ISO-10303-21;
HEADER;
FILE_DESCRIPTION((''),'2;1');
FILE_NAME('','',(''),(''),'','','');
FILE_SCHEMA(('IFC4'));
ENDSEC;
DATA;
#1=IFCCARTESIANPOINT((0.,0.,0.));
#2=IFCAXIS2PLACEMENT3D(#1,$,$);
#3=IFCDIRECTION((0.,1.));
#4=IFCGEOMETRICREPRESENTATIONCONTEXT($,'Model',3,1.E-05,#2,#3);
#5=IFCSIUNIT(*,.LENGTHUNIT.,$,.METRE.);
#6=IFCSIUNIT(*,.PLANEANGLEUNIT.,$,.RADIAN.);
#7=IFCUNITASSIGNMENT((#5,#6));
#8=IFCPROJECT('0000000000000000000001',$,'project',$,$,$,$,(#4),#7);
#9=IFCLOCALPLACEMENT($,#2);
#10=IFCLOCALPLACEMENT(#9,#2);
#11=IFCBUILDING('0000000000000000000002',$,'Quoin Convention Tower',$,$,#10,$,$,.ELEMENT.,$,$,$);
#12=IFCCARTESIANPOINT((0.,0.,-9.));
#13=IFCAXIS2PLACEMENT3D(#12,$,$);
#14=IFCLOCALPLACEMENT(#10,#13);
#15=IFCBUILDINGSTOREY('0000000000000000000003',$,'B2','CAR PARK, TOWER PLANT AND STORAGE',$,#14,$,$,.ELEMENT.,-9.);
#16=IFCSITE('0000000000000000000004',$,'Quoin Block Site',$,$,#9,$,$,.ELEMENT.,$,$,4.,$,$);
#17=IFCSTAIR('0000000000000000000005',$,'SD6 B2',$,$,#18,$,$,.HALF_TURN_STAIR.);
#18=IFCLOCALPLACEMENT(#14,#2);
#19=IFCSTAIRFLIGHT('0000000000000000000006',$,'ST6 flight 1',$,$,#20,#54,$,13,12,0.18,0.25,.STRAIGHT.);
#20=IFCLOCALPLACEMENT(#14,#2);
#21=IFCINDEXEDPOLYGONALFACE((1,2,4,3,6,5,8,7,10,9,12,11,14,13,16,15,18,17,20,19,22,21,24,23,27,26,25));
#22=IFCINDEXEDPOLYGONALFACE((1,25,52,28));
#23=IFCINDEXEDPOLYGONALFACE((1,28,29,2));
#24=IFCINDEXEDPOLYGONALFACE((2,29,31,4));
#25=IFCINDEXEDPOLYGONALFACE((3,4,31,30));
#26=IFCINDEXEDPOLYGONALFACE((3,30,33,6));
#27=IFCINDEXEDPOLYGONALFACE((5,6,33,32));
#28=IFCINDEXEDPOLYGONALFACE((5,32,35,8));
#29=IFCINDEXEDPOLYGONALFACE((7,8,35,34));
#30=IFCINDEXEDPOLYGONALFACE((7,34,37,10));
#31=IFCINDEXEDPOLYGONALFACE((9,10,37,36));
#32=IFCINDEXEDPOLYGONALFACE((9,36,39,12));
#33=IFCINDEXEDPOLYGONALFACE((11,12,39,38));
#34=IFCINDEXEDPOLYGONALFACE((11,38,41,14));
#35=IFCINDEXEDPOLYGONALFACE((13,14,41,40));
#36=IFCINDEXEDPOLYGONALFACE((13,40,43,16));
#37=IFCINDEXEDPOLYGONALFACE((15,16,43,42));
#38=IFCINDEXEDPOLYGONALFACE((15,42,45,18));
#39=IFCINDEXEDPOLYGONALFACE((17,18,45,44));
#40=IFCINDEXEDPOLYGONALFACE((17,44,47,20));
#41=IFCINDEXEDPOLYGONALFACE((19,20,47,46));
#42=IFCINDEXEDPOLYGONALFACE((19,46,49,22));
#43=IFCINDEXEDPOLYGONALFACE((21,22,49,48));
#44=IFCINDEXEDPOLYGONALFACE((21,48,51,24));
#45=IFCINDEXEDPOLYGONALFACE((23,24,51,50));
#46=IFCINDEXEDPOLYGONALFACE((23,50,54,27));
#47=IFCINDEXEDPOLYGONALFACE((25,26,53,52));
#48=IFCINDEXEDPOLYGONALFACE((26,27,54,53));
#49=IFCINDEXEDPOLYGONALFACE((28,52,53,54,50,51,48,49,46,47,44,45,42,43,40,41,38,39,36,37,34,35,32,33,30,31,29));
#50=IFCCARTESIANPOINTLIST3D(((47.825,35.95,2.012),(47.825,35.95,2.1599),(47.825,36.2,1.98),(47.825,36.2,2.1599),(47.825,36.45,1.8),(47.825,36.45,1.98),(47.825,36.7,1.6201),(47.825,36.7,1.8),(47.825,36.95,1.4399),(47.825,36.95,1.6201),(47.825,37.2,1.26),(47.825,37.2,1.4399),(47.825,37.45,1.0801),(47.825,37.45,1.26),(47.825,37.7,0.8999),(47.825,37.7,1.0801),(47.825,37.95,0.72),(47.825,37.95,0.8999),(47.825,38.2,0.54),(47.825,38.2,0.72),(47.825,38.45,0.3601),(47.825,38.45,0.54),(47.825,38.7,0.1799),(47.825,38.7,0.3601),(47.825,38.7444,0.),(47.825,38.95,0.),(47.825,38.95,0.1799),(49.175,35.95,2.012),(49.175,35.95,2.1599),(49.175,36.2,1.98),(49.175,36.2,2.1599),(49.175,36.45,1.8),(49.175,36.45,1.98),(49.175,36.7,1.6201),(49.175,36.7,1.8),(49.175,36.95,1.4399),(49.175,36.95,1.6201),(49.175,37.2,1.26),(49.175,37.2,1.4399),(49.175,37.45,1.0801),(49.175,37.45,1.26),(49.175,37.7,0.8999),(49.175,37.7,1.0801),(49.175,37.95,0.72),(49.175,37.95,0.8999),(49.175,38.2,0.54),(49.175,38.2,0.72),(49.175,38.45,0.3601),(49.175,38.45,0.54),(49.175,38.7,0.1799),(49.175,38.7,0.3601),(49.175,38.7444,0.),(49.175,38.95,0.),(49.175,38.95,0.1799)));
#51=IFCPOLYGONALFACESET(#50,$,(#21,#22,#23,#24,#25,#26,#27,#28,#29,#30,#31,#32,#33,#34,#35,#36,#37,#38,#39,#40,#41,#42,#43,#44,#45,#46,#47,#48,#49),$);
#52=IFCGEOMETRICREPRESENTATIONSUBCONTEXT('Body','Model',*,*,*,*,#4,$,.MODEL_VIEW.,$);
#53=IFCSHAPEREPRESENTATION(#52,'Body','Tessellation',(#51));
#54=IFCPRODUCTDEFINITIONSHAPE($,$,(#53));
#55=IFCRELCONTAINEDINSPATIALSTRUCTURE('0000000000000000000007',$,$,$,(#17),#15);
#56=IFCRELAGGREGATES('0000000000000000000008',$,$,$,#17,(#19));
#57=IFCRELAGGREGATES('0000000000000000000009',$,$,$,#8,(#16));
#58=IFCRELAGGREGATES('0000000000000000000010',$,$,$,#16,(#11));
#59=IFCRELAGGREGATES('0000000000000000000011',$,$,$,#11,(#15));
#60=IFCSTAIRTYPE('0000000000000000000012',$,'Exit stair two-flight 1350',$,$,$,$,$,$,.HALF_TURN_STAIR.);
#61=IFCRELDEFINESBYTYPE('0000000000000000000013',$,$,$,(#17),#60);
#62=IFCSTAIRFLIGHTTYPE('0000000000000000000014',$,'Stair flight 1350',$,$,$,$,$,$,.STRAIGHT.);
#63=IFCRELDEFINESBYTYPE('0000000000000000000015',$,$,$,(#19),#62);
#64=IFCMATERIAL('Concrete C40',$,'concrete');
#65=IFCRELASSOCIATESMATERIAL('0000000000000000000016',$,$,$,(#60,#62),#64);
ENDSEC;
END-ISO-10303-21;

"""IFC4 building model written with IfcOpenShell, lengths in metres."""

from ifc_helpers import new_model, si_unit, direction, frame, origin, place, context, subcontext, project, spatial, polyline, outline, extrude, material, type_object, element, aggregate, save


model = new_model("IFC4")

# Units and contexts
model_context = context("Model", 3, precision=1e-05, world=origin(), true_north=direction((0.0, 1.0)))
body_context = subcontext(model_context, "Body", "Model", "MODEL_VIEW")
ifc_project = project(units=[si_unit("LENGTHUNIT", "METRE"), si_unit("PLANEANGLEUNIT", "RADIAN")], contexts=[model_context])

# Site, building, storey
site_placement = place(None, origin())
site = spatial("IfcSite", under=ifc_project, at=site_placement, Name="Quoin Block Site", CompositionType="ELEMENT", RefElevation=4.0)
building_placement = place(site_placement, origin())
building = spatial("IfcBuilding", under=site, at=building_placement, Name="Quoin Convention Tower", CompositionType="ELEMENT")
storey_placement = place(building_placement, frame((0.0, 0.0, -9.0)))
storey = spatial("IfcBuildingStorey", under=building, at=storey_placement, Name="B2", Description="CAR PARK, TOWER PLANT AND STORAGE", CompositionType="ELEMENT", Elevation=-9.0)

# Shared definitions
ifc_material_1 = material(Name="Concrete C40", Category="concrete")

# Stair, stair flight
stair_type = type_object("IfcStairType", Name="Exit stair two-flight 1350", PredefinedType="HALF_TURN_STAIR", material=ifc_material_1)
stair_placement = place(storey_placement, origin())
stair = element("IfcStair", 1, at=stair_placement, inside=storey, type_object=stair_type, Name="SD6 B2", PredefinedType="HALF_TURN_STAIR")
stair_flight_type = type_object("IfcStairFlightType", Name="Stair flight 1350", PredefinedType="STRAIGHT", material=ifc_material_1)
stair_flight_placement = place(storey_placement, frame((48.5, 38.95, 0.0), z_axis=(0.0, 0.0, 1.0), x_axis=(0.0, -1.0, 0.0)))
stair_flight = element("IfcStairFlight", 2, at=stair_flight_placement, type_object=stair_flight_type, Name="ST6 flight 1", NumberOfRisers=13, NumberOfTreads=12, PredefinedType="STRAIGHT", RiserHeight=0.18, TreadLength=0.25, context=body_context, shape_type="SweptSolid", body=[
    extrude(outline(polyline([(0.0, 0.0), (0.0, 0.1799), (0.25, 0.1799), (0.25, 0.3601), (0.5, 0.3601), (0.5, 0.54), (0.75, 0.54), (0.75, 0.72), (1.0, 0.72), (1.0, 0.8999), (1.25, 0.8999), (1.25, 1.0801), (1.5, 1.0801), (1.5, 1.26), (1.75, 1.26), (1.75, 1.4399), (2.0, 1.4399), (2.0, 1.6201), (2.25, 1.6201), (2.25, 1.8), (2.5, 1.8), (2.5, 1.98), (2.75, 1.98), (2.75, 2.1599), (3.0, 2.1599), (3.0, 2.3401), (3.0, 2.012), (0.2056, 0.0), (0.0, 0.0)])), frame((0.0, 0.675, 0.0), z_axis=(0.0, -1.0, 0.0), x_axis=(1.0, 0.0, 0.0)), (0.0, 0.0, 1.0), 1.3501),
])
aggregate(stair, [stair_flight])

save(model, "model.ifc")
